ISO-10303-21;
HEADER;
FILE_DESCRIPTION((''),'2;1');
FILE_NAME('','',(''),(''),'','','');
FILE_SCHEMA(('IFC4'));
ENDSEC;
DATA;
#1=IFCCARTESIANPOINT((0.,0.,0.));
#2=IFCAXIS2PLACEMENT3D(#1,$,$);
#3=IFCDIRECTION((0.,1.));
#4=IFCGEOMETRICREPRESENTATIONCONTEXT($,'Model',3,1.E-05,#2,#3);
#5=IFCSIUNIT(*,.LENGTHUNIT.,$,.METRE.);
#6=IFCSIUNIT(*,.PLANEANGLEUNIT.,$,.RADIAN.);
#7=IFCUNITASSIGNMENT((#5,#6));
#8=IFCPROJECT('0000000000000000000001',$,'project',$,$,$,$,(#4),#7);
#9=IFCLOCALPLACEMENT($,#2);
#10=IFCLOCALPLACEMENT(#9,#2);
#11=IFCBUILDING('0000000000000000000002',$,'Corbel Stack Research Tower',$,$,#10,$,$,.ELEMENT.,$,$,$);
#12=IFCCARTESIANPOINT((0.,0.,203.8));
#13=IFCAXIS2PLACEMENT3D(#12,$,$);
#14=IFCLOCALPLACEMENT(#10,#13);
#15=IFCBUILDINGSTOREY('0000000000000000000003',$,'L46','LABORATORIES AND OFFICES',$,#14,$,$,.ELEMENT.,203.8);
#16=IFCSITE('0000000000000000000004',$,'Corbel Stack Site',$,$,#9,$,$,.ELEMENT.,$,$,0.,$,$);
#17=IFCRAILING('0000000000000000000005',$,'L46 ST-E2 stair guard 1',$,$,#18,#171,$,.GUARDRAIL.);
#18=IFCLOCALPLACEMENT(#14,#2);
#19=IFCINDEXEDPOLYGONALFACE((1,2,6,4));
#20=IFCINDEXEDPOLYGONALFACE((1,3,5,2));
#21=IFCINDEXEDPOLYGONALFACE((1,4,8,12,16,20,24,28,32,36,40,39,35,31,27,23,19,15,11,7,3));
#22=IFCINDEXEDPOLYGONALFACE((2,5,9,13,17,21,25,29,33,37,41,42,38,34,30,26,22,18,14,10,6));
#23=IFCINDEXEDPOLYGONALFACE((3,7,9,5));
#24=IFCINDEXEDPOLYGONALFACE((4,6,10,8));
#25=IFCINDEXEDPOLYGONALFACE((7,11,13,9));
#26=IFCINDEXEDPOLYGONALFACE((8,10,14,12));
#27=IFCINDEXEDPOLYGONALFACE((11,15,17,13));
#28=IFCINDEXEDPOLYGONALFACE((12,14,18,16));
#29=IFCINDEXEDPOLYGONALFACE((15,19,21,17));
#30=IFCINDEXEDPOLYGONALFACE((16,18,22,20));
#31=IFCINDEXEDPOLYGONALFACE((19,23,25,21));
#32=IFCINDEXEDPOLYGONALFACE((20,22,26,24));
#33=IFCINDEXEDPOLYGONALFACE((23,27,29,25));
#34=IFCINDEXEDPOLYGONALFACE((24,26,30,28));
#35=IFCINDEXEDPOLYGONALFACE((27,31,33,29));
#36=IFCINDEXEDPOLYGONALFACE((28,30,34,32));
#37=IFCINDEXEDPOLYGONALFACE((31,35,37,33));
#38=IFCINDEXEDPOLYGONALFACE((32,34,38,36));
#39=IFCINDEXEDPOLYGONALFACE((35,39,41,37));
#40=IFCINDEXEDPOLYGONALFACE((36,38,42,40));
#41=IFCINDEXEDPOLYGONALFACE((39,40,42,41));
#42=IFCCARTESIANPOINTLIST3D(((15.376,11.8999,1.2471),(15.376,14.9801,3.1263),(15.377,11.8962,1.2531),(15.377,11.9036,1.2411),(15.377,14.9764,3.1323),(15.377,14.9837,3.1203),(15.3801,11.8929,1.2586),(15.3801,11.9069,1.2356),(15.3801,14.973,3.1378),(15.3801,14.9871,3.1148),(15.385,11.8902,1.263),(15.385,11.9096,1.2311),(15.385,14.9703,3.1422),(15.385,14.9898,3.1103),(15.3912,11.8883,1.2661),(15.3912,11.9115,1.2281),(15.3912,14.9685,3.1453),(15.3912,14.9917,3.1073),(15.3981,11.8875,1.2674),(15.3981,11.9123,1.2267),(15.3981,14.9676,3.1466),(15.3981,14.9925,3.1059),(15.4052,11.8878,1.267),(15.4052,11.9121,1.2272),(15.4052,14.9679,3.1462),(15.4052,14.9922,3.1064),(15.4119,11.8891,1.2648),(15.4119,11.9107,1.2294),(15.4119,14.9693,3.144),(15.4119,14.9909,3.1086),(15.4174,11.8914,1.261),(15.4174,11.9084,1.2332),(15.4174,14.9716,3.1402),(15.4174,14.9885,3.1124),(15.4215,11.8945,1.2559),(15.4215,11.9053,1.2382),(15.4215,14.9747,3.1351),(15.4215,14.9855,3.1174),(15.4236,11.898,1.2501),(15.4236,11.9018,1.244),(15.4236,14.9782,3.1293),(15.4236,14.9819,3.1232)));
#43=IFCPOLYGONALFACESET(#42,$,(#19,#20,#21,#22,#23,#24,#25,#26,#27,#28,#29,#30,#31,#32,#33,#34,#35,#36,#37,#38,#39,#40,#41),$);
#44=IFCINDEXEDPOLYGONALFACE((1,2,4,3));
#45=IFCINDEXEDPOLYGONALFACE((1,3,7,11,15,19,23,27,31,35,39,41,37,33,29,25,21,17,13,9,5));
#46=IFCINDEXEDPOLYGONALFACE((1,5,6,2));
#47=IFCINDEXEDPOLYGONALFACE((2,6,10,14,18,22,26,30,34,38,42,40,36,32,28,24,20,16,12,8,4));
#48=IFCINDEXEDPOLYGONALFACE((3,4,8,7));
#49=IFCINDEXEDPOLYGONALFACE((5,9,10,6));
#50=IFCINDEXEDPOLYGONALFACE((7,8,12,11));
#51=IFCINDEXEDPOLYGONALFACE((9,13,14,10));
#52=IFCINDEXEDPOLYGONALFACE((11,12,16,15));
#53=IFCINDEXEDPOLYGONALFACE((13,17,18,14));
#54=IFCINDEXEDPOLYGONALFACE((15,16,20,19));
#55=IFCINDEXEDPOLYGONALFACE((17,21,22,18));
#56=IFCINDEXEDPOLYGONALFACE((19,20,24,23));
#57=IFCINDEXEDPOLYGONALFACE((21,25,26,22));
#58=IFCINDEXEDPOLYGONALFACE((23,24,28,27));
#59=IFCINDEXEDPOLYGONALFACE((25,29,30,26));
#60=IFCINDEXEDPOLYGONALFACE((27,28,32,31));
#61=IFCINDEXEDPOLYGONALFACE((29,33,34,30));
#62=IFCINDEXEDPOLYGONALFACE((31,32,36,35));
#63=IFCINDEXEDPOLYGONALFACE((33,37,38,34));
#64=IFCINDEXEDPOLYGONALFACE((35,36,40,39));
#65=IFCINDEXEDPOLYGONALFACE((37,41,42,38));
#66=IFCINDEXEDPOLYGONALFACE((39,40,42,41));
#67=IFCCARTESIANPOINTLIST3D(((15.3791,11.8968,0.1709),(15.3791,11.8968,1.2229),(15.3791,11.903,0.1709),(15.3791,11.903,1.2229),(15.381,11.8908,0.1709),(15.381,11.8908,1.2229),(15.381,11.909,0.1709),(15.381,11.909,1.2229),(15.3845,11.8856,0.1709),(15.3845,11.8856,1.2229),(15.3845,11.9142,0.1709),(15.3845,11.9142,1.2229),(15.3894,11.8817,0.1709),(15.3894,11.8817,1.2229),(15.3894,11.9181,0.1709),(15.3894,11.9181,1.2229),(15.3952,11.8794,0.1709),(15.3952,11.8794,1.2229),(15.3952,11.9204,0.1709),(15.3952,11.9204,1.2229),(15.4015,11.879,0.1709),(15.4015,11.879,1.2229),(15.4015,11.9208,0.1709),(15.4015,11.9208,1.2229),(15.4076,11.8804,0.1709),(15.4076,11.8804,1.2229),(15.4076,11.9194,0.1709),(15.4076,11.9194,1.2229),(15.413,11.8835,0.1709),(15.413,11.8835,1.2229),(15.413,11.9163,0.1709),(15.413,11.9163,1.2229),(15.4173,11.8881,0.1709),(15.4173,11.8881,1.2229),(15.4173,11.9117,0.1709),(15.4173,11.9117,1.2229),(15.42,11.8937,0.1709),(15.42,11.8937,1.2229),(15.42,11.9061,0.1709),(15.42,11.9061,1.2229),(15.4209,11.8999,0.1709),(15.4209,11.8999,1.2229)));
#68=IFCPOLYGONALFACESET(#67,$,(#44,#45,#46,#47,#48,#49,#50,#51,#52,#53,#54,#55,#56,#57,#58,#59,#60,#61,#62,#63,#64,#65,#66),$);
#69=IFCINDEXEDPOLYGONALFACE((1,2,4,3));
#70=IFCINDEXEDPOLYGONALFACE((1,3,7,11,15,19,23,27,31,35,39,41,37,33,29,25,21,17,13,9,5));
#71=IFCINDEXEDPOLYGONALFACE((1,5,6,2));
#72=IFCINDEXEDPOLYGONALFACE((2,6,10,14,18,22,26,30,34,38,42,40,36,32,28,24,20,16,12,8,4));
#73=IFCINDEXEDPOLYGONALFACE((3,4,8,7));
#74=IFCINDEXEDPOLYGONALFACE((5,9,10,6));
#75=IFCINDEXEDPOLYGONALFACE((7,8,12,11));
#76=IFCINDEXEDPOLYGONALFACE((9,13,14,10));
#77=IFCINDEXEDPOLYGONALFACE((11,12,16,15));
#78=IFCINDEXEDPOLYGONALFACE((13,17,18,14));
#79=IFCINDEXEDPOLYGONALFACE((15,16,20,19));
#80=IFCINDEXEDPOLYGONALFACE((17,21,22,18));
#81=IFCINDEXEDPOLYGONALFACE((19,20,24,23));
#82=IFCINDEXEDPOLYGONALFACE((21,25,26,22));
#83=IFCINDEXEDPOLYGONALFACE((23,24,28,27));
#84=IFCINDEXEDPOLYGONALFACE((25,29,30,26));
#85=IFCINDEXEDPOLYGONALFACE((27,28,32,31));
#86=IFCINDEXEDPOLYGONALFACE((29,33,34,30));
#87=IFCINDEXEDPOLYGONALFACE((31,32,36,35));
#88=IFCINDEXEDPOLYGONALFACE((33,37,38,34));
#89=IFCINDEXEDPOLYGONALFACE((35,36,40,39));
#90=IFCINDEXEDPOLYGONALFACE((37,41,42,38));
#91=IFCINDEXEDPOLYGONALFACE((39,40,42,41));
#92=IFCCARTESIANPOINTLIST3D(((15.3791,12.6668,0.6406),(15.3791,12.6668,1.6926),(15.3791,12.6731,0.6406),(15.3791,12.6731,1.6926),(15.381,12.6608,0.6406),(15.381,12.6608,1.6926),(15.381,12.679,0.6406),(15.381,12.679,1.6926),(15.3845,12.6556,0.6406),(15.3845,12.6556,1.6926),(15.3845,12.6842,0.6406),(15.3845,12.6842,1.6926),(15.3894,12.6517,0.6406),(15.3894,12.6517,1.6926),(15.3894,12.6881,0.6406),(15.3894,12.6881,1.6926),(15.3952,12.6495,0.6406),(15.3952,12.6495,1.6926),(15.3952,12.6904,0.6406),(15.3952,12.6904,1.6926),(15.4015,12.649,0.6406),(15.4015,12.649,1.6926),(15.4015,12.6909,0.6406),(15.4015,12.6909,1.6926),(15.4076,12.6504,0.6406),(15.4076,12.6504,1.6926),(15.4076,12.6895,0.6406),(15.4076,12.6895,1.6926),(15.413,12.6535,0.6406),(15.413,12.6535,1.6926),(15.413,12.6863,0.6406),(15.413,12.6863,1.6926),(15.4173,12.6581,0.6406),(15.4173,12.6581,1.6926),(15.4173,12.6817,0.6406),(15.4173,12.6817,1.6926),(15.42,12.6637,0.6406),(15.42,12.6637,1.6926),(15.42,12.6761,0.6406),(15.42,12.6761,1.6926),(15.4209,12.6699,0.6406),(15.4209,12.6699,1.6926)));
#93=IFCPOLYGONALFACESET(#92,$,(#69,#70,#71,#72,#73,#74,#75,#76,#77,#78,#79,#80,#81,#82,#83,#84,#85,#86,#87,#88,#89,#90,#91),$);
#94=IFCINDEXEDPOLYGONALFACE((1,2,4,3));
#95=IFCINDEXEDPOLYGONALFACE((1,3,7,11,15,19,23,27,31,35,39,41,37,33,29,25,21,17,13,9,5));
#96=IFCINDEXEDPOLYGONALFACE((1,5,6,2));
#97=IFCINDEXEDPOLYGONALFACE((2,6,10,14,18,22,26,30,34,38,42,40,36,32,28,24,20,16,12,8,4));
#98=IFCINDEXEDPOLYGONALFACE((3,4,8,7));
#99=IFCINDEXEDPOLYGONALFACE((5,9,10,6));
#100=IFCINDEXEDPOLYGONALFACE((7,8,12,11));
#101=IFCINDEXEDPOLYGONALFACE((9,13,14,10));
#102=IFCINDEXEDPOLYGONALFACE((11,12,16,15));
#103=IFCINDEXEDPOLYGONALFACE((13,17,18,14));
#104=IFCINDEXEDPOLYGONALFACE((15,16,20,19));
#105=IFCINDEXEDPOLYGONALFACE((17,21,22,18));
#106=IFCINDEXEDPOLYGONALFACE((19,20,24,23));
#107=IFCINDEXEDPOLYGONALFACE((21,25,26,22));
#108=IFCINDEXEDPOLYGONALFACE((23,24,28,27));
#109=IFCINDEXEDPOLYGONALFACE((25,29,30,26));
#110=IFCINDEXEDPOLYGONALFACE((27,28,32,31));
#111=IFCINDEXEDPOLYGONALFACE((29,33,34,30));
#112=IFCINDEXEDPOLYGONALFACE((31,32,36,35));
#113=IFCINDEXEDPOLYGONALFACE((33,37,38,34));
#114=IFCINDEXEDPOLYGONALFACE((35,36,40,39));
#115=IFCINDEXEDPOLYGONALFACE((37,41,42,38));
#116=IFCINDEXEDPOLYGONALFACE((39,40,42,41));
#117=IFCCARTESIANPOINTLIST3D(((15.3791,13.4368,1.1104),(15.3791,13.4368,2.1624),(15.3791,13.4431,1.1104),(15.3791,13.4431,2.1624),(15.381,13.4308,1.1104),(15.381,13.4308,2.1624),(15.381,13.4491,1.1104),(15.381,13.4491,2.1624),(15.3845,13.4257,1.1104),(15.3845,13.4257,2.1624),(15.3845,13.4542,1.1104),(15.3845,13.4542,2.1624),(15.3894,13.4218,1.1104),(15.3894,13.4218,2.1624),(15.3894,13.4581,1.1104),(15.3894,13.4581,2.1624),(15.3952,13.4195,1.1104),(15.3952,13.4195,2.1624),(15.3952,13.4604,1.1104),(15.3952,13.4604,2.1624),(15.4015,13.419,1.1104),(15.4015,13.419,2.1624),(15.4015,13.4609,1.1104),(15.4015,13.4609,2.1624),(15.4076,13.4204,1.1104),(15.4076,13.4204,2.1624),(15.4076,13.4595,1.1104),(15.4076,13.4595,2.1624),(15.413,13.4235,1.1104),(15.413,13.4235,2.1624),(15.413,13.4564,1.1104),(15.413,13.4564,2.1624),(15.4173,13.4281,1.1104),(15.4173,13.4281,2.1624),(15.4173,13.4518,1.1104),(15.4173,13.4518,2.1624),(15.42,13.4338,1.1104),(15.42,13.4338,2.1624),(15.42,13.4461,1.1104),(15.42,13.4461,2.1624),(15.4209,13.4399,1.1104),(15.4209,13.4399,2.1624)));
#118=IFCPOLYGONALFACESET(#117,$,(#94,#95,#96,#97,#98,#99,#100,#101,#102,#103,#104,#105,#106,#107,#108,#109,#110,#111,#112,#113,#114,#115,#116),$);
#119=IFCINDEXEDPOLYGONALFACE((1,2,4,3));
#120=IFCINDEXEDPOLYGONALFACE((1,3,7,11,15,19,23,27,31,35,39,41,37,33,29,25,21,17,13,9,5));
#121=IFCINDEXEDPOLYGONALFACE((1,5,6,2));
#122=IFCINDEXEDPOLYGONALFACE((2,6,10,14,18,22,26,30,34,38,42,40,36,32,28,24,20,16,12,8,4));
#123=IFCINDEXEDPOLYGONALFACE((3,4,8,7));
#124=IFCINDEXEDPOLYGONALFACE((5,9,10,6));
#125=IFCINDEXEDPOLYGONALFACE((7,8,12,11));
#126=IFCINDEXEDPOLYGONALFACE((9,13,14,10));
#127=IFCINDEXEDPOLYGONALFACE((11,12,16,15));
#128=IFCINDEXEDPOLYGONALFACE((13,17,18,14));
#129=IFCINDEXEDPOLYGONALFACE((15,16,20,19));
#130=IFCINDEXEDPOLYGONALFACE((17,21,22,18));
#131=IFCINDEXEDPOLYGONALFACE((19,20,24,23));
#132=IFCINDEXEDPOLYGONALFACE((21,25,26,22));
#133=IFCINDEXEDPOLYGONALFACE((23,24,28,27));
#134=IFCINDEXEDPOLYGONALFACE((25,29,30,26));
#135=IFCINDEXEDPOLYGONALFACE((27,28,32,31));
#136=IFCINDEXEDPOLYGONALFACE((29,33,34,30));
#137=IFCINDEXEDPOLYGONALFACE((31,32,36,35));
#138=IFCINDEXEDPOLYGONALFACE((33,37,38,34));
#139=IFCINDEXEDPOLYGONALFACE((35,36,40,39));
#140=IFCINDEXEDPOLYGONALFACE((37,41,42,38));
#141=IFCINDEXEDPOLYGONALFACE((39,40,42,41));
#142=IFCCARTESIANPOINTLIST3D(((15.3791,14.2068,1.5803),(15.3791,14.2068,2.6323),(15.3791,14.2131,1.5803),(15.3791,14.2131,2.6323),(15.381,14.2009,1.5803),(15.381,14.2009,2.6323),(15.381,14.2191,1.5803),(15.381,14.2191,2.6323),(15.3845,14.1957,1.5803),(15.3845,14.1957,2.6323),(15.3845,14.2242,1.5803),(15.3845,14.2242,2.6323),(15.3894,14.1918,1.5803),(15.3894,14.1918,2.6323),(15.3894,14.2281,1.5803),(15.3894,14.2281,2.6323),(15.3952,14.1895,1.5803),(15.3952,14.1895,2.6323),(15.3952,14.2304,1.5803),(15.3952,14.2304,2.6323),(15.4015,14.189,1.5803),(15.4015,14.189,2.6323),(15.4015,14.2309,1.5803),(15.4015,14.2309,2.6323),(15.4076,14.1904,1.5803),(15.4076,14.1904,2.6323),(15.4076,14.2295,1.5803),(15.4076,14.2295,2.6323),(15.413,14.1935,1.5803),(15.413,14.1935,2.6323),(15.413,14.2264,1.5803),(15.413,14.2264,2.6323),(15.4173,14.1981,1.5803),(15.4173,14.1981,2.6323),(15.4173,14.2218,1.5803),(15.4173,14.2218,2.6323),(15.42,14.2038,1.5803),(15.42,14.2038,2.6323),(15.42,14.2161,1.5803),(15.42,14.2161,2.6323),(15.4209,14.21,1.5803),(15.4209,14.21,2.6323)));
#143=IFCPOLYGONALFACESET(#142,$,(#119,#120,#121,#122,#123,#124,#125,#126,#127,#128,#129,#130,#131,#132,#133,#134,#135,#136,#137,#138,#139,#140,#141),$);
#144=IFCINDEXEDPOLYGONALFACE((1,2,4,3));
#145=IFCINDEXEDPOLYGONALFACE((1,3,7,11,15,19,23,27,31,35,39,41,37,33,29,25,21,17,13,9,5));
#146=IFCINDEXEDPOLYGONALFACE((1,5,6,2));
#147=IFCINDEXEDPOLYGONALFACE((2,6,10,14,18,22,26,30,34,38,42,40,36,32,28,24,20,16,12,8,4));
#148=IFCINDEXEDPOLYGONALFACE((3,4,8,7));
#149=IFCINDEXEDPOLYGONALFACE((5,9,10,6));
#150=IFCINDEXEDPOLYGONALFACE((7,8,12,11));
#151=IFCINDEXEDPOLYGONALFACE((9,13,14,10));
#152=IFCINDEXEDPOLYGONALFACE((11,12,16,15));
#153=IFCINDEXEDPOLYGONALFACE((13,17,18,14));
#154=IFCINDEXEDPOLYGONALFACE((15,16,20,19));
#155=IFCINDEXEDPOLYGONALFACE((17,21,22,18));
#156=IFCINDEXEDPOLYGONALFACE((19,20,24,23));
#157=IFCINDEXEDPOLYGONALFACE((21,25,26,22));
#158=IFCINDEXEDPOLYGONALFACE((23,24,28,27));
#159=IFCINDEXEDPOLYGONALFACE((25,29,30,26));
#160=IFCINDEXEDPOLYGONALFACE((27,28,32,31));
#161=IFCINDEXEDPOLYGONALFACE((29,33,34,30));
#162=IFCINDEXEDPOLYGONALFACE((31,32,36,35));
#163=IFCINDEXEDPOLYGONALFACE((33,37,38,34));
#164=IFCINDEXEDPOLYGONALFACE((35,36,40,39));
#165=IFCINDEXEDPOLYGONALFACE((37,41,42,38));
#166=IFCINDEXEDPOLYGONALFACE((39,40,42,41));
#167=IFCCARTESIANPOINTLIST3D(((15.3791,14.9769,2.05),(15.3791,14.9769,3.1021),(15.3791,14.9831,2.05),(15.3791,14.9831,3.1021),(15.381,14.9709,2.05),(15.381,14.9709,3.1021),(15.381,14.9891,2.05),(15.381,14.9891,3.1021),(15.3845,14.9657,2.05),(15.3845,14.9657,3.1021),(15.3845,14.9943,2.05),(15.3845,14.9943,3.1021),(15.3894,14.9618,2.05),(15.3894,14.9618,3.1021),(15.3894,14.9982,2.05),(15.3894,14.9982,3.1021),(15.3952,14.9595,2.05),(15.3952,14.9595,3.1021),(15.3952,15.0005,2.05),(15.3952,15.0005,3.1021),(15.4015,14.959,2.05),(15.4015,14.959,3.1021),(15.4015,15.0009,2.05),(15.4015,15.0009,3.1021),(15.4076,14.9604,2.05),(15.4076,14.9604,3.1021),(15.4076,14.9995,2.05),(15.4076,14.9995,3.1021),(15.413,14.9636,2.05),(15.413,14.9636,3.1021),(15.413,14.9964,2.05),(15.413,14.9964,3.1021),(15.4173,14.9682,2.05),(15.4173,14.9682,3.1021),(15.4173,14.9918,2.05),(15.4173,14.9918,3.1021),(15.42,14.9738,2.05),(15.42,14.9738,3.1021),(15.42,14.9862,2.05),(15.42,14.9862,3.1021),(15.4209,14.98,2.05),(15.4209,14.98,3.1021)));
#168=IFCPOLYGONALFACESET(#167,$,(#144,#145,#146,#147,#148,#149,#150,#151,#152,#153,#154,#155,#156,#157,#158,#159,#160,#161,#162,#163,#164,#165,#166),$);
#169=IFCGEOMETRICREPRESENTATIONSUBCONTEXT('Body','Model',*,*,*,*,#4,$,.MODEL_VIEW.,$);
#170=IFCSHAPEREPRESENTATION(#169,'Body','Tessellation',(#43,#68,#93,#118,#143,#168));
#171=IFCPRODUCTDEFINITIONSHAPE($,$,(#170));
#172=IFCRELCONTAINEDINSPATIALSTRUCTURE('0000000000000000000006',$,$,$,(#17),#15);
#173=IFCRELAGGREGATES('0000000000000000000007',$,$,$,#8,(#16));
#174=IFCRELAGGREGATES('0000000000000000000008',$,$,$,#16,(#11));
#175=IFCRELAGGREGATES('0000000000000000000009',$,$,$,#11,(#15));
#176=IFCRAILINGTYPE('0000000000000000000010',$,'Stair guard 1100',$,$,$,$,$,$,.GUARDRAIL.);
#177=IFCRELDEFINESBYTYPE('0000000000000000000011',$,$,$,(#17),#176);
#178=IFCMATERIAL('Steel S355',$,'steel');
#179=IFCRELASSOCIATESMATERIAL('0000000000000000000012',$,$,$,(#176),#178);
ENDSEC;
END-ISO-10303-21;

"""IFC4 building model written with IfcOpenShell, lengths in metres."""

from ifc_helpers import new_model, si_unit, direction, frame, origin, origin_2d, place, context, subcontext, project, spatial, circle, extrude, material, type_object, element, save


model = new_model("IFC4")

# Units and contexts
model_context = context("Model", 3, precision=1e-05, world=origin(), true_north=direction((0.0, 1.0)))
body_context = subcontext(model_context, "Body", "Model", "MODEL_VIEW")
ifc_project = project(units=[si_unit("LENGTHUNIT", "METRE"), si_unit("PLANEANGLEUNIT", "RADIAN")], contexts=[model_context])

# Site, building, storey
site_placement = place(None, origin())
site = spatial("IfcSite", under=ifc_project, at=site_placement, Name="Corbel Stack Site", CompositionType="ELEMENT", RefElevation=0.0)
building_placement = place(site_placement, origin())
building = spatial("IfcBuilding", under=site, at=building_placement, Name="Corbel Stack Research Tower", CompositionType="ELEMENT")
storey_placement = place(building_placement, frame((0.0, 0.0, 203.8)))
storey = spatial("IfcBuildingStorey", under=building, at=storey_placement, Name="L46", Description="LABORATORIES AND OFFICES", CompositionType="ELEMENT", Elevation=203.8)

# Railing
ifc_material_1 = material(Name="Steel S355", Category="steel")
railing_type_1 = type_object("IfcRailingType", Name="Stair guard 1100", PredefinedType="GUARDRAIL", material=ifc_material_1)
railing_1_placement = place(storey_placement, frame((15.3999, 11.8999, 0.1709)))
element("IfcRailing", 1, at=railing_1_placement, inside=storey, type_object=railing_type_1, Name="L46 ST-E2 stair guard 1", PredefinedType="GUARDRAIL", context=body_context, shape_type="SweptSolid", body=[
    extrude(circle(Radius=0.0239, at=origin_2d()), frame((0.0, 0.0, 1.0762), z_axis=(0.0, 0.853666, 0.52082), x_axis=(-1.0, 0.0, 0.0)), (0.0, 0.0, 1.0), 3.6082),
    extrude(circle(Radius=0.021, at=origin_2d()), origin(), (0.0, 0.0, 1.0), 1.052),
    extrude(circle(Radius=0.021, at=origin_2d()), frame((0.0, 0.77, 0.4697)), (0.0, 0.0, 1.0), 1.052),
    extrude(circle(Radius=0.021, at=origin_2d()), frame((0.0, 1.54, 0.9395)), (0.0, 0.0, 1.0), 1.052),
    extrude(circle(Radius=0.021, at=origin_2d()), frame((0.0, 2.3101, 1.4094)), (0.0, 0.0, 1.0), 1.052),
    extrude(circle(Radius=0.021, at=origin_2d()), frame((0.0, 3.0801, 1.8792)), (0.0, 0.0, 1.0), 1.052),
])

save(model, "model.ifc")
